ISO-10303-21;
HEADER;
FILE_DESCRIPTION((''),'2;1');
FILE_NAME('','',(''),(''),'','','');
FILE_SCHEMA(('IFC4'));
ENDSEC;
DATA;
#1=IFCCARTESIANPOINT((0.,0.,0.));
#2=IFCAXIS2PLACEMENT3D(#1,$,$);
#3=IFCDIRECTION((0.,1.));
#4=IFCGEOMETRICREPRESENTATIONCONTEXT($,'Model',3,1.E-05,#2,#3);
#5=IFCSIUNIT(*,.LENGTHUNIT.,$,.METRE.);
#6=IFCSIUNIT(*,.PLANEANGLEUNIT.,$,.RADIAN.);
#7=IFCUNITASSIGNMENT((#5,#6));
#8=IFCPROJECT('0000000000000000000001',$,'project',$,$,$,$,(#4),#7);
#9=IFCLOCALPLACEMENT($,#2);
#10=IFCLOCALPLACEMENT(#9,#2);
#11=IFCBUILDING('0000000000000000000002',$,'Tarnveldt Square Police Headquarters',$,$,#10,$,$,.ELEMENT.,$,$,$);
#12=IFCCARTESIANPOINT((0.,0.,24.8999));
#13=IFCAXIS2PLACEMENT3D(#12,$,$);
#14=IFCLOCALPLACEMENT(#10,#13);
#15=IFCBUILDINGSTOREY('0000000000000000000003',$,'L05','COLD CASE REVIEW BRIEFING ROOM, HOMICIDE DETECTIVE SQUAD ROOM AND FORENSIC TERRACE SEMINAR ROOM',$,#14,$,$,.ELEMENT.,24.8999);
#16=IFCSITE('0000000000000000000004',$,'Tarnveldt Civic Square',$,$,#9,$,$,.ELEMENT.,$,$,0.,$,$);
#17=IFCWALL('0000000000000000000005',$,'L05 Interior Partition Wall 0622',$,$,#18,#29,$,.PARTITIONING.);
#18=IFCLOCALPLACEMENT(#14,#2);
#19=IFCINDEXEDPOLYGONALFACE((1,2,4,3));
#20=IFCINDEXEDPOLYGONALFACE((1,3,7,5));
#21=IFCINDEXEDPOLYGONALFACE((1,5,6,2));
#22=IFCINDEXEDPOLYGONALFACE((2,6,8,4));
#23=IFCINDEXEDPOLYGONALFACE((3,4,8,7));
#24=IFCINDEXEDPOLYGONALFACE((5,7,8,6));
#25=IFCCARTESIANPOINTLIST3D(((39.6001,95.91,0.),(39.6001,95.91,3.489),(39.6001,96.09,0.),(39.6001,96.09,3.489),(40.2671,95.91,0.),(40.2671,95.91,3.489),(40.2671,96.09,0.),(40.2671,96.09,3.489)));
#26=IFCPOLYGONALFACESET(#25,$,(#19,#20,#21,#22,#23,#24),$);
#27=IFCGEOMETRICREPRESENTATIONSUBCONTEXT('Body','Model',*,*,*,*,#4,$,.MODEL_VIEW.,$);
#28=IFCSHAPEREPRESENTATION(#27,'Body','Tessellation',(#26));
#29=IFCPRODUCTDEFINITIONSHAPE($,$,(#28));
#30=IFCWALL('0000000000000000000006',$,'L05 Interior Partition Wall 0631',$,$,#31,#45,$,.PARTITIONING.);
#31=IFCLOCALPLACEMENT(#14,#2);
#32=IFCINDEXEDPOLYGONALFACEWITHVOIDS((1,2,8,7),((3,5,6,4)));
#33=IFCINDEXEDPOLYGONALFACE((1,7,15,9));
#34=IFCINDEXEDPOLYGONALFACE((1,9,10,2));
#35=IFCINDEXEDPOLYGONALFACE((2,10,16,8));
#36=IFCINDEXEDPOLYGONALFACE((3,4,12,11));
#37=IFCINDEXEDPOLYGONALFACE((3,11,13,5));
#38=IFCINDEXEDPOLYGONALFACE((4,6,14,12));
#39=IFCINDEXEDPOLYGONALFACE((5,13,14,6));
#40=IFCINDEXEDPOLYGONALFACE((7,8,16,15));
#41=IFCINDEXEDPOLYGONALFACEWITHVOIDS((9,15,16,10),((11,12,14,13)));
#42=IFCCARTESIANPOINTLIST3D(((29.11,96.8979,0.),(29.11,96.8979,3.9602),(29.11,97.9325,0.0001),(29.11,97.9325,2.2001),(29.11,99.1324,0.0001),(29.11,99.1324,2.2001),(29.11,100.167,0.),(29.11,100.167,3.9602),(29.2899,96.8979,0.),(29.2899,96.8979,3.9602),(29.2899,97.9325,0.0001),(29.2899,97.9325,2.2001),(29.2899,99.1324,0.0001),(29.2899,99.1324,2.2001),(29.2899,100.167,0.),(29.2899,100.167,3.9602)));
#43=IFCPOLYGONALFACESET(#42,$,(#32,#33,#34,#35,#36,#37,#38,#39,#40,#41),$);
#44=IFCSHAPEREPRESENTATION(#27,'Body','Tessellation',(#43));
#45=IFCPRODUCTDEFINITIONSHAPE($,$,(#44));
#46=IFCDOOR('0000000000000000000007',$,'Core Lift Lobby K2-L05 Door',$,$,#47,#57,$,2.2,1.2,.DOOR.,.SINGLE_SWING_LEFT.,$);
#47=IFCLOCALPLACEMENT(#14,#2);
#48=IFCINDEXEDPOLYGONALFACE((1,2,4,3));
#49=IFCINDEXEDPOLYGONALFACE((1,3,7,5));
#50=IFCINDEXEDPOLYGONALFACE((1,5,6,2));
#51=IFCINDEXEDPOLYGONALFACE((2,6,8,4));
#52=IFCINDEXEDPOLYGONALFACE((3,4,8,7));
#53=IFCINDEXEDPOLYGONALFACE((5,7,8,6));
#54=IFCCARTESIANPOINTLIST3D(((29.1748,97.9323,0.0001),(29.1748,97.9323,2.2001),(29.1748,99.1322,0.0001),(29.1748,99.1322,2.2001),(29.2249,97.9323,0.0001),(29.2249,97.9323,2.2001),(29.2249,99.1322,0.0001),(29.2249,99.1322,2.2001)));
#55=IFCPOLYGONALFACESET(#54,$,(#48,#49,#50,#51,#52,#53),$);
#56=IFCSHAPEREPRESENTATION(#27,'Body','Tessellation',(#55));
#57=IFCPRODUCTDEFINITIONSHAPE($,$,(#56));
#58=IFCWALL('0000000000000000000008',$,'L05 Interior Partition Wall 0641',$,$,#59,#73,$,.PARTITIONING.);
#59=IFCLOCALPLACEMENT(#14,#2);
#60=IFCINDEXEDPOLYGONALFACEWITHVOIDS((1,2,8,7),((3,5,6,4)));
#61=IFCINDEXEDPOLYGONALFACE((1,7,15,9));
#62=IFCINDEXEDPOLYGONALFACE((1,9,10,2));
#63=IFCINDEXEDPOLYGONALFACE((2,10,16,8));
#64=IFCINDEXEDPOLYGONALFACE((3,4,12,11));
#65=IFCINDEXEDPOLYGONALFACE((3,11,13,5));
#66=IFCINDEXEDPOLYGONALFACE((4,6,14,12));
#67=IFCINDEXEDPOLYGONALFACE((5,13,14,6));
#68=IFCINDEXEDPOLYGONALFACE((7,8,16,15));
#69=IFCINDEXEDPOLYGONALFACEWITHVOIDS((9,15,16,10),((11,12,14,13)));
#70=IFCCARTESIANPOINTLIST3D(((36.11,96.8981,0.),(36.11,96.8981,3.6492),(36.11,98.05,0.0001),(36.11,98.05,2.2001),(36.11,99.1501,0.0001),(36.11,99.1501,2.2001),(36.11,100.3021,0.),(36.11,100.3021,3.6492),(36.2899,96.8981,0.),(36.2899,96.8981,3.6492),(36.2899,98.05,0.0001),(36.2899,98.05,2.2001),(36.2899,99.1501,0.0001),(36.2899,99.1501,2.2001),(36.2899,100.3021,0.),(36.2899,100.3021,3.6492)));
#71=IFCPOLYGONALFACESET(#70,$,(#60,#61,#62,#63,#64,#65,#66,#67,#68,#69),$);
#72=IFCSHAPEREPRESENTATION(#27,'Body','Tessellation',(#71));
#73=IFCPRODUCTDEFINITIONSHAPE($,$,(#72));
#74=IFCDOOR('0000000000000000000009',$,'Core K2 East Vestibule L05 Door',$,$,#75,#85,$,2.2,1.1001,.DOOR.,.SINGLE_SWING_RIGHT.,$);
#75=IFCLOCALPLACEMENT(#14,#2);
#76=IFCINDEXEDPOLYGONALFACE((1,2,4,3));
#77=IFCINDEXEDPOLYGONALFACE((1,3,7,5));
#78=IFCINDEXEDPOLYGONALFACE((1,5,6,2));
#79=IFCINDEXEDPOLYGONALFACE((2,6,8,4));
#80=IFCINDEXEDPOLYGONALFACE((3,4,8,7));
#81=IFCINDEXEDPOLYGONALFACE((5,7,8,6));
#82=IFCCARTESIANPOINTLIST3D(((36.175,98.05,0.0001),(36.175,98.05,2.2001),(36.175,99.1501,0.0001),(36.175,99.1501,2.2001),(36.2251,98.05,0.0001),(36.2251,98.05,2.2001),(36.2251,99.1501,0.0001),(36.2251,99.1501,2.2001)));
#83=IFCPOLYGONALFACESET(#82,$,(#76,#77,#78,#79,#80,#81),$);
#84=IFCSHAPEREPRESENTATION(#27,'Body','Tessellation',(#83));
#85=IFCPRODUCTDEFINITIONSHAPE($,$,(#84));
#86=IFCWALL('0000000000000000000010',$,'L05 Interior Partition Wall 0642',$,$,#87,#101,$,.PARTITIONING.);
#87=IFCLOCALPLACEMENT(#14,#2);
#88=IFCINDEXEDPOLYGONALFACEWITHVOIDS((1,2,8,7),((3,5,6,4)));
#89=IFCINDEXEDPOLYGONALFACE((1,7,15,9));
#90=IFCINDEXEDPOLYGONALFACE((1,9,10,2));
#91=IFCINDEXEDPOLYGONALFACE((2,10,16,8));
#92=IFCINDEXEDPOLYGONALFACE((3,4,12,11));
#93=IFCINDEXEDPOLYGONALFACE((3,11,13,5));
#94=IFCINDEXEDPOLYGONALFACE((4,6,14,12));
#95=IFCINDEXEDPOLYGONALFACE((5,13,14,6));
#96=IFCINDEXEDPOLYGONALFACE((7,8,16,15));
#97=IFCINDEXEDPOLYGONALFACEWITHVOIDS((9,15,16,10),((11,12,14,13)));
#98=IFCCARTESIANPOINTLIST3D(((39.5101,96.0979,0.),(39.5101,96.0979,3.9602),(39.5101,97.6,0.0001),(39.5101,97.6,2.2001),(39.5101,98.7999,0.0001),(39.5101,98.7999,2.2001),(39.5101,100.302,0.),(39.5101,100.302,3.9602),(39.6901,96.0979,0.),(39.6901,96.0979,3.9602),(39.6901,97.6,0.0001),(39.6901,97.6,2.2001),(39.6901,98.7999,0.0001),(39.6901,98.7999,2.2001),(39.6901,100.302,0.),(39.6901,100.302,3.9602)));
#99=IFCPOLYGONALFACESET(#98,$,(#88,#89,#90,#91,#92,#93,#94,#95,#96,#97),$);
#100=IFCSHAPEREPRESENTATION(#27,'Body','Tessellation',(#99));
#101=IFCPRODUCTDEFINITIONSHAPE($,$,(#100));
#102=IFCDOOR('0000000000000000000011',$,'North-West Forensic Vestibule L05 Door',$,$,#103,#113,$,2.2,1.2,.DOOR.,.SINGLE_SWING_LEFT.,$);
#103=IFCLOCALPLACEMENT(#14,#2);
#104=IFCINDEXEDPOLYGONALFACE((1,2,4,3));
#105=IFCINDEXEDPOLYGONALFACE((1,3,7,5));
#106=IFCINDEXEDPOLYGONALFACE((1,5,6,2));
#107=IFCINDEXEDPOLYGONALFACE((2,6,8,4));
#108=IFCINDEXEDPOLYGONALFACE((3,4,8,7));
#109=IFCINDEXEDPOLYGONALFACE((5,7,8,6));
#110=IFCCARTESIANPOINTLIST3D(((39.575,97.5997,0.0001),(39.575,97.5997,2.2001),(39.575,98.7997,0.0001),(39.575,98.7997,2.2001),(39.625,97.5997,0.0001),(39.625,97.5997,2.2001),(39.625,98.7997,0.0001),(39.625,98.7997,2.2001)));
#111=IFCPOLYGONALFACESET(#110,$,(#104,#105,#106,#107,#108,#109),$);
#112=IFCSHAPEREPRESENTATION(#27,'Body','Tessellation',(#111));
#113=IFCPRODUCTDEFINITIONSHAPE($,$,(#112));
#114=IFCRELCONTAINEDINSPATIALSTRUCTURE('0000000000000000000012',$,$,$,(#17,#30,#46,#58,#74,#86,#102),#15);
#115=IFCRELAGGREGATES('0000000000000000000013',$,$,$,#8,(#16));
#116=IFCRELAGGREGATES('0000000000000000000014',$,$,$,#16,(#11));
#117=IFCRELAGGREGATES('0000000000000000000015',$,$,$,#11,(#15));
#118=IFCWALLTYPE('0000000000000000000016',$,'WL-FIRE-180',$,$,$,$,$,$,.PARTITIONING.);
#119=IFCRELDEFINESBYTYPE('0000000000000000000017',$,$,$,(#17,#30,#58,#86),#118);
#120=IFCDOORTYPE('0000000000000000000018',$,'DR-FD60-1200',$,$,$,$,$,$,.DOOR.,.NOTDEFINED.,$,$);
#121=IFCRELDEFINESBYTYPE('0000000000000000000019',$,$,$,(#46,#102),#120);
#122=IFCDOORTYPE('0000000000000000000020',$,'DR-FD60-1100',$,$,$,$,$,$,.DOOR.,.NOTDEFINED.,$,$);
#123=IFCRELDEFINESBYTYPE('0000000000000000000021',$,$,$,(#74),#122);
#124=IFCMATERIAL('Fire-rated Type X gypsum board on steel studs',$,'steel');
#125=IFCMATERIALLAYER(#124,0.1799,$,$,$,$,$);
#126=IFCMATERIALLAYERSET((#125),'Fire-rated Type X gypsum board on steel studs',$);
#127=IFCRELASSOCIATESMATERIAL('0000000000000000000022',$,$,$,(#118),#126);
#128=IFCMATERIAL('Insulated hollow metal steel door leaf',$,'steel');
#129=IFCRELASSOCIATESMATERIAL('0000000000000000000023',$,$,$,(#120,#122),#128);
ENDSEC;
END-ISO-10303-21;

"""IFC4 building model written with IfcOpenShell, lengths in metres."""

from ifc_helpers import new_model, si_unit, direction, frame, frame_2d, origin, place, context, subcontext, project, spatial, rectangle, extrude, material, layer, layer_set, type_object, element, fill, save


model = new_model("IFC4")

# Units and contexts
model_context = context("Model", 3, precision=1e-05, world=origin(), true_north=direction((0.0, 1.0)))
body_context = subcontext(model_context, "Body", "Model", "MODEL_VIEW")
ifc_project = project(units=[si_unit("LENGTHUNIT", "METRE"), si_unit("PLANEANGLEUNIT", "RADIAN")], contexts=[model_context])

# Site, building, storey
site_placement = place(None, origin())
site = spatial("IfcSite", under=ifc_project, at=site_placement, Name="Tarnveldt Civic Square", CompositionType="ELEMENT", RefElevation=0.0)
building_placement = place(site_placement, origin())
building = spatial("IfcBuilding", under=site, at=building_placement, Name="Tarnveldt Square Police Headquarters", CompositionType="ELEMENT")
storey_placement = place(building_placement, frame((0.0, 0.0, 24.8999)))
storey = spatial("IfcBuildingStorey", under=building, at=storey_placement, Name="L05", Description="COLD CASE REVIEW BRIEFING ROOM, HOMICIDE DETECTIVE SQUAD ROOM AND FORENSIC TERRACE SEMINAR ROOM", CompositionType="ELEMENT", Elevation=24.8999)

# Wall
ifc_material_1 = material(Name="Fire-rated Type X gypsum board on steel studs", Category="steel")
ifc_layer = layer(ifc_material_1, 0.1799)
ifc_layer_set = layer_set([ifc_layer], Name="Fire-rated Type X gypsum board on steel studs")
wall_type = type_object("IfcWallType", Name="WL-FIRE-180", PredefinedType="PARTITIONING", material=ifc_layer_set)
wall_1_placement = place(storey_placement, frame((39.6001, 96.0, 0.0), z_axis=(0.0, 0.0, 1.0), x_axis=(1.0, 0.0, 0.0)))
element("IfcWall", 1, at=wall_1_placement, inside=storey, type_object=wall_type, Name="L05 Interior Partition Wall 0622", PredefinedType="PARTITIONING", context=body_context, shape_type="SweptSolid", body=[
    extrude(rectangle(XDim=0.667, YDim=0.1799, at=frame_2d((0.3335, 0.0))), origin(), (0.0, 0.0, 1.0), 3.489),
])

# Walls, openings, doors
wall_2_placement = place(storey_placement, frame((29.2, 96.8979, 0.0), z_axis=(0.0, 0.0, 1.0), x_axis=(0.0, 1.0, 0.0)))
wall_2 = element("IfcWall", 2, at=wall_2_placement, inside=storey, type_object=wall_type, Name="L05 Interior Partition Wall 0631", PredefinedType="PARTITIONING", context=body_context, shape_type="SweptSolid", body=[
    extrude(rectangle(XDim=3.269, YDim=0.1799, at=frame_2d((1.6345, 0.0))), origin(), (0.0, 0.0, 1.0), 3.9602),
])
opening_1_placement = place(wall_2_placement, frame((1.0344, 0.0, 0.0)))
opening_1 = element("IfcOpeningElement", 3, at=opening_1_placement, cuts=wall_2, PredefinedType="OPENING", context=body_context, shape_type="SweptSolid", body=[
    extrude(rectangle(XDim=1.2, YDim=2.2, at=frame_2d((0.6001, 1.1001))), frame((0.0, 0.0999, 0.0), z_axis=(0.0, -1.0, 0.0), x_axis=(1.0, 0.0, 0.0)), (0.0, 0.0, 1.0), 0.2),
])
ifc_material_2 = material(Name="Insulated hollow metal steel door leaf", Category="steel")
door_type_1 = type_object("IfcDoorType", Name="DR-FD60-1200", OperationType="NOTDEFINED", PredefinedType="DOOR", material=ifc_material_2)
door_1_placement = place(opening_1_placement, frame((1.2, 0.0, 0.0), z_axis=(0.0, 0.0, 1.0), x_axis=(-1.0, 0.0, 0.0)))
door_1 = element("IfcDoor", 4, at=door_1_placement, inside=storey, type_object=door_type_1, Name="Core Lift Lobby K2-L05 Door", OperationType="SINGLE_SWING_LEFT", OverallHeight=2.2, OverallWidth=1.2, PredefinedType="DOOR", context=body_context, shape_type="SweptSolid", body=[
    extrude(rectangle(XDim=1.2, YDim=2.2, at=frame_2d((0.6001, 1.1001))), frame((0.0, 0.0249, 0.0), z_axis=(0.0, -1.0, 0.0), x_axis=(1.0, 0.0, 0.0)), (0.0, 0.0, 1.0), 0.05),
])
fill(opening_1, door_1)
wall_3_placement = place(storey_placement, frame((36.2, 96.8979, 0.0), z_axis=(0.0, 0.0, 1.0), x_axis=(0.0, 1.0, 0.0)))
wall_3 = element("IfcWall", 5, at=wall_3_placement, inside=storey, type_object=wall_type, Name="L05 Interior Partition Wall 0641", PredefinedType="PARTITIONING", context=body_context, shape_type="SweptSolid", body=[
    extrude(rectangle(XDim=3.4041, YDim=0.1799, at=frame_2d((1.7021, 0.0))), origin(), (0.0, 0.0, 1.0), 3.6492),
])
opening_2_placement = place(wall_3_placement, frame((1.1521, 0.0, 0.0)))
opening_2 = element("IfcOpeningElement", 6, at=opening_2_placement, cuts=wall_3, PredefinedType="OPENING", context=body_context, shape_type="SweptSolid", body=[
    extrude(rectangle(XDim=1.1001, YDim=2.2, at=frame_2d((0.55, 1.1001))), frame((0.0, 0.0999, 0.0), z_axis=(0.0, -1.0, 0.0), x_axis=(1.0, 0.0, 0.0)), (0.0, 0.0, 1.0), 0.2),
])
door_type_2 = type_object("IfcDoorType", Name="DR-FD60-1100", OperationType="NOTDEFINED", PredefinedType="DOOR", material=ifc_material_2)
door_2_placement = place(opening_2_placement, origin())
door_2 = element("IfcDoor", 7, at=door_2_placement, inside=storey, type_object=door_type_2, Name="Core K2 East Vestibule L05 Door", OperationType="SINGLE_SWING_RIGHT", OverallHeight=2.2, OverallWidth=1.1001, PredefinedType="DOOR", context=body_context, shape_type="SweptSolid", body=[
    extrude(rectangle(XDim=1.1001, YDim=2.2, at=frame_2d((0.55, 1.1001))), frame((0.0, 0.0249, 0.0), z_axis=(0.0, -1.0, 0.0), x_axis=(1.0, 0.0, 0.0)), (0.0, 0.0, 1.0), 0.05),
])
fill(opening_2, door_2)
wall_4_placement = place(storey_placement, frame((39.6001, 96.0979, 0.0), z_axis=(0.0, 0.0, 1.0), x_axis=(0.0, 1.0, 0.0)))
wall_4 = element("IfcWall", 8, at=wall_4_placement, inside=storey, type_object=wall_type, Name="L05 Interior Partition Wall 0642", PredefinedType="PARTITIONING", context=body_context, shape_type="SweptSolid", body=[
    extrude(rectangle(XDim=4.2041, YDim=0.1799, at=frame_2d((2.1021, 0.0))), origin(), (0.0, 0.0, 1.0), 3.9602),
])
opening_3_placement = place(wall_4_placement, frame((1.502, 0.0, 0.0)))
opening_3 = element("IfcOpeningElement", 9, at=opening_3_placement, cuts=wall_4, PredefinedType="OPENING", context=body_context, shape_type="SweptSolid", body=[
    extrude(rectangle(XDim=1.2, YDim=2.2, at=frame_2d((0.6001, 1.1001))), frame((0.0, 0.0999, 0.0), z_axis=(0.0, -1.0, 0.0), x_axis=(1.0, 0.0, 0.0)), (0.0, 0.0, 1.0), 0.2),
])
door_3_placement = place(opening_3_placement, frame((1.2, 0.0, 0.0), z_axis=(0.0, 0.0, 1.0), x_axis=(-1.0, 0.0, 0.0)))
door_3 = element("IfcDoor", 10, at=door_3_placement, inside=storey, type_object=door_type_1, Name="North-West Forensic Vestibule L05 Door", OperationType="SINGLE_SWING_LEFT", OverallHeight=2.2, OverallWidth=1.2, PredefinedType="DOOR", context=body_context, shape_type="SweptSolid", body=[
    extrude(rectangle(XDim=1.2, YDim=2.2, at=frame_2d((0.6001, 1.1001))), frame((0.0, 0.0249, 0.0), z_axis=(0.0, -1.0, 0.0), x_axis=(1.0, 0.0, 0.0)), (0.0, 0.0, 1.0), 0.05),
])
fill(opening_3, door_3)

save(model, "model.ifc")
